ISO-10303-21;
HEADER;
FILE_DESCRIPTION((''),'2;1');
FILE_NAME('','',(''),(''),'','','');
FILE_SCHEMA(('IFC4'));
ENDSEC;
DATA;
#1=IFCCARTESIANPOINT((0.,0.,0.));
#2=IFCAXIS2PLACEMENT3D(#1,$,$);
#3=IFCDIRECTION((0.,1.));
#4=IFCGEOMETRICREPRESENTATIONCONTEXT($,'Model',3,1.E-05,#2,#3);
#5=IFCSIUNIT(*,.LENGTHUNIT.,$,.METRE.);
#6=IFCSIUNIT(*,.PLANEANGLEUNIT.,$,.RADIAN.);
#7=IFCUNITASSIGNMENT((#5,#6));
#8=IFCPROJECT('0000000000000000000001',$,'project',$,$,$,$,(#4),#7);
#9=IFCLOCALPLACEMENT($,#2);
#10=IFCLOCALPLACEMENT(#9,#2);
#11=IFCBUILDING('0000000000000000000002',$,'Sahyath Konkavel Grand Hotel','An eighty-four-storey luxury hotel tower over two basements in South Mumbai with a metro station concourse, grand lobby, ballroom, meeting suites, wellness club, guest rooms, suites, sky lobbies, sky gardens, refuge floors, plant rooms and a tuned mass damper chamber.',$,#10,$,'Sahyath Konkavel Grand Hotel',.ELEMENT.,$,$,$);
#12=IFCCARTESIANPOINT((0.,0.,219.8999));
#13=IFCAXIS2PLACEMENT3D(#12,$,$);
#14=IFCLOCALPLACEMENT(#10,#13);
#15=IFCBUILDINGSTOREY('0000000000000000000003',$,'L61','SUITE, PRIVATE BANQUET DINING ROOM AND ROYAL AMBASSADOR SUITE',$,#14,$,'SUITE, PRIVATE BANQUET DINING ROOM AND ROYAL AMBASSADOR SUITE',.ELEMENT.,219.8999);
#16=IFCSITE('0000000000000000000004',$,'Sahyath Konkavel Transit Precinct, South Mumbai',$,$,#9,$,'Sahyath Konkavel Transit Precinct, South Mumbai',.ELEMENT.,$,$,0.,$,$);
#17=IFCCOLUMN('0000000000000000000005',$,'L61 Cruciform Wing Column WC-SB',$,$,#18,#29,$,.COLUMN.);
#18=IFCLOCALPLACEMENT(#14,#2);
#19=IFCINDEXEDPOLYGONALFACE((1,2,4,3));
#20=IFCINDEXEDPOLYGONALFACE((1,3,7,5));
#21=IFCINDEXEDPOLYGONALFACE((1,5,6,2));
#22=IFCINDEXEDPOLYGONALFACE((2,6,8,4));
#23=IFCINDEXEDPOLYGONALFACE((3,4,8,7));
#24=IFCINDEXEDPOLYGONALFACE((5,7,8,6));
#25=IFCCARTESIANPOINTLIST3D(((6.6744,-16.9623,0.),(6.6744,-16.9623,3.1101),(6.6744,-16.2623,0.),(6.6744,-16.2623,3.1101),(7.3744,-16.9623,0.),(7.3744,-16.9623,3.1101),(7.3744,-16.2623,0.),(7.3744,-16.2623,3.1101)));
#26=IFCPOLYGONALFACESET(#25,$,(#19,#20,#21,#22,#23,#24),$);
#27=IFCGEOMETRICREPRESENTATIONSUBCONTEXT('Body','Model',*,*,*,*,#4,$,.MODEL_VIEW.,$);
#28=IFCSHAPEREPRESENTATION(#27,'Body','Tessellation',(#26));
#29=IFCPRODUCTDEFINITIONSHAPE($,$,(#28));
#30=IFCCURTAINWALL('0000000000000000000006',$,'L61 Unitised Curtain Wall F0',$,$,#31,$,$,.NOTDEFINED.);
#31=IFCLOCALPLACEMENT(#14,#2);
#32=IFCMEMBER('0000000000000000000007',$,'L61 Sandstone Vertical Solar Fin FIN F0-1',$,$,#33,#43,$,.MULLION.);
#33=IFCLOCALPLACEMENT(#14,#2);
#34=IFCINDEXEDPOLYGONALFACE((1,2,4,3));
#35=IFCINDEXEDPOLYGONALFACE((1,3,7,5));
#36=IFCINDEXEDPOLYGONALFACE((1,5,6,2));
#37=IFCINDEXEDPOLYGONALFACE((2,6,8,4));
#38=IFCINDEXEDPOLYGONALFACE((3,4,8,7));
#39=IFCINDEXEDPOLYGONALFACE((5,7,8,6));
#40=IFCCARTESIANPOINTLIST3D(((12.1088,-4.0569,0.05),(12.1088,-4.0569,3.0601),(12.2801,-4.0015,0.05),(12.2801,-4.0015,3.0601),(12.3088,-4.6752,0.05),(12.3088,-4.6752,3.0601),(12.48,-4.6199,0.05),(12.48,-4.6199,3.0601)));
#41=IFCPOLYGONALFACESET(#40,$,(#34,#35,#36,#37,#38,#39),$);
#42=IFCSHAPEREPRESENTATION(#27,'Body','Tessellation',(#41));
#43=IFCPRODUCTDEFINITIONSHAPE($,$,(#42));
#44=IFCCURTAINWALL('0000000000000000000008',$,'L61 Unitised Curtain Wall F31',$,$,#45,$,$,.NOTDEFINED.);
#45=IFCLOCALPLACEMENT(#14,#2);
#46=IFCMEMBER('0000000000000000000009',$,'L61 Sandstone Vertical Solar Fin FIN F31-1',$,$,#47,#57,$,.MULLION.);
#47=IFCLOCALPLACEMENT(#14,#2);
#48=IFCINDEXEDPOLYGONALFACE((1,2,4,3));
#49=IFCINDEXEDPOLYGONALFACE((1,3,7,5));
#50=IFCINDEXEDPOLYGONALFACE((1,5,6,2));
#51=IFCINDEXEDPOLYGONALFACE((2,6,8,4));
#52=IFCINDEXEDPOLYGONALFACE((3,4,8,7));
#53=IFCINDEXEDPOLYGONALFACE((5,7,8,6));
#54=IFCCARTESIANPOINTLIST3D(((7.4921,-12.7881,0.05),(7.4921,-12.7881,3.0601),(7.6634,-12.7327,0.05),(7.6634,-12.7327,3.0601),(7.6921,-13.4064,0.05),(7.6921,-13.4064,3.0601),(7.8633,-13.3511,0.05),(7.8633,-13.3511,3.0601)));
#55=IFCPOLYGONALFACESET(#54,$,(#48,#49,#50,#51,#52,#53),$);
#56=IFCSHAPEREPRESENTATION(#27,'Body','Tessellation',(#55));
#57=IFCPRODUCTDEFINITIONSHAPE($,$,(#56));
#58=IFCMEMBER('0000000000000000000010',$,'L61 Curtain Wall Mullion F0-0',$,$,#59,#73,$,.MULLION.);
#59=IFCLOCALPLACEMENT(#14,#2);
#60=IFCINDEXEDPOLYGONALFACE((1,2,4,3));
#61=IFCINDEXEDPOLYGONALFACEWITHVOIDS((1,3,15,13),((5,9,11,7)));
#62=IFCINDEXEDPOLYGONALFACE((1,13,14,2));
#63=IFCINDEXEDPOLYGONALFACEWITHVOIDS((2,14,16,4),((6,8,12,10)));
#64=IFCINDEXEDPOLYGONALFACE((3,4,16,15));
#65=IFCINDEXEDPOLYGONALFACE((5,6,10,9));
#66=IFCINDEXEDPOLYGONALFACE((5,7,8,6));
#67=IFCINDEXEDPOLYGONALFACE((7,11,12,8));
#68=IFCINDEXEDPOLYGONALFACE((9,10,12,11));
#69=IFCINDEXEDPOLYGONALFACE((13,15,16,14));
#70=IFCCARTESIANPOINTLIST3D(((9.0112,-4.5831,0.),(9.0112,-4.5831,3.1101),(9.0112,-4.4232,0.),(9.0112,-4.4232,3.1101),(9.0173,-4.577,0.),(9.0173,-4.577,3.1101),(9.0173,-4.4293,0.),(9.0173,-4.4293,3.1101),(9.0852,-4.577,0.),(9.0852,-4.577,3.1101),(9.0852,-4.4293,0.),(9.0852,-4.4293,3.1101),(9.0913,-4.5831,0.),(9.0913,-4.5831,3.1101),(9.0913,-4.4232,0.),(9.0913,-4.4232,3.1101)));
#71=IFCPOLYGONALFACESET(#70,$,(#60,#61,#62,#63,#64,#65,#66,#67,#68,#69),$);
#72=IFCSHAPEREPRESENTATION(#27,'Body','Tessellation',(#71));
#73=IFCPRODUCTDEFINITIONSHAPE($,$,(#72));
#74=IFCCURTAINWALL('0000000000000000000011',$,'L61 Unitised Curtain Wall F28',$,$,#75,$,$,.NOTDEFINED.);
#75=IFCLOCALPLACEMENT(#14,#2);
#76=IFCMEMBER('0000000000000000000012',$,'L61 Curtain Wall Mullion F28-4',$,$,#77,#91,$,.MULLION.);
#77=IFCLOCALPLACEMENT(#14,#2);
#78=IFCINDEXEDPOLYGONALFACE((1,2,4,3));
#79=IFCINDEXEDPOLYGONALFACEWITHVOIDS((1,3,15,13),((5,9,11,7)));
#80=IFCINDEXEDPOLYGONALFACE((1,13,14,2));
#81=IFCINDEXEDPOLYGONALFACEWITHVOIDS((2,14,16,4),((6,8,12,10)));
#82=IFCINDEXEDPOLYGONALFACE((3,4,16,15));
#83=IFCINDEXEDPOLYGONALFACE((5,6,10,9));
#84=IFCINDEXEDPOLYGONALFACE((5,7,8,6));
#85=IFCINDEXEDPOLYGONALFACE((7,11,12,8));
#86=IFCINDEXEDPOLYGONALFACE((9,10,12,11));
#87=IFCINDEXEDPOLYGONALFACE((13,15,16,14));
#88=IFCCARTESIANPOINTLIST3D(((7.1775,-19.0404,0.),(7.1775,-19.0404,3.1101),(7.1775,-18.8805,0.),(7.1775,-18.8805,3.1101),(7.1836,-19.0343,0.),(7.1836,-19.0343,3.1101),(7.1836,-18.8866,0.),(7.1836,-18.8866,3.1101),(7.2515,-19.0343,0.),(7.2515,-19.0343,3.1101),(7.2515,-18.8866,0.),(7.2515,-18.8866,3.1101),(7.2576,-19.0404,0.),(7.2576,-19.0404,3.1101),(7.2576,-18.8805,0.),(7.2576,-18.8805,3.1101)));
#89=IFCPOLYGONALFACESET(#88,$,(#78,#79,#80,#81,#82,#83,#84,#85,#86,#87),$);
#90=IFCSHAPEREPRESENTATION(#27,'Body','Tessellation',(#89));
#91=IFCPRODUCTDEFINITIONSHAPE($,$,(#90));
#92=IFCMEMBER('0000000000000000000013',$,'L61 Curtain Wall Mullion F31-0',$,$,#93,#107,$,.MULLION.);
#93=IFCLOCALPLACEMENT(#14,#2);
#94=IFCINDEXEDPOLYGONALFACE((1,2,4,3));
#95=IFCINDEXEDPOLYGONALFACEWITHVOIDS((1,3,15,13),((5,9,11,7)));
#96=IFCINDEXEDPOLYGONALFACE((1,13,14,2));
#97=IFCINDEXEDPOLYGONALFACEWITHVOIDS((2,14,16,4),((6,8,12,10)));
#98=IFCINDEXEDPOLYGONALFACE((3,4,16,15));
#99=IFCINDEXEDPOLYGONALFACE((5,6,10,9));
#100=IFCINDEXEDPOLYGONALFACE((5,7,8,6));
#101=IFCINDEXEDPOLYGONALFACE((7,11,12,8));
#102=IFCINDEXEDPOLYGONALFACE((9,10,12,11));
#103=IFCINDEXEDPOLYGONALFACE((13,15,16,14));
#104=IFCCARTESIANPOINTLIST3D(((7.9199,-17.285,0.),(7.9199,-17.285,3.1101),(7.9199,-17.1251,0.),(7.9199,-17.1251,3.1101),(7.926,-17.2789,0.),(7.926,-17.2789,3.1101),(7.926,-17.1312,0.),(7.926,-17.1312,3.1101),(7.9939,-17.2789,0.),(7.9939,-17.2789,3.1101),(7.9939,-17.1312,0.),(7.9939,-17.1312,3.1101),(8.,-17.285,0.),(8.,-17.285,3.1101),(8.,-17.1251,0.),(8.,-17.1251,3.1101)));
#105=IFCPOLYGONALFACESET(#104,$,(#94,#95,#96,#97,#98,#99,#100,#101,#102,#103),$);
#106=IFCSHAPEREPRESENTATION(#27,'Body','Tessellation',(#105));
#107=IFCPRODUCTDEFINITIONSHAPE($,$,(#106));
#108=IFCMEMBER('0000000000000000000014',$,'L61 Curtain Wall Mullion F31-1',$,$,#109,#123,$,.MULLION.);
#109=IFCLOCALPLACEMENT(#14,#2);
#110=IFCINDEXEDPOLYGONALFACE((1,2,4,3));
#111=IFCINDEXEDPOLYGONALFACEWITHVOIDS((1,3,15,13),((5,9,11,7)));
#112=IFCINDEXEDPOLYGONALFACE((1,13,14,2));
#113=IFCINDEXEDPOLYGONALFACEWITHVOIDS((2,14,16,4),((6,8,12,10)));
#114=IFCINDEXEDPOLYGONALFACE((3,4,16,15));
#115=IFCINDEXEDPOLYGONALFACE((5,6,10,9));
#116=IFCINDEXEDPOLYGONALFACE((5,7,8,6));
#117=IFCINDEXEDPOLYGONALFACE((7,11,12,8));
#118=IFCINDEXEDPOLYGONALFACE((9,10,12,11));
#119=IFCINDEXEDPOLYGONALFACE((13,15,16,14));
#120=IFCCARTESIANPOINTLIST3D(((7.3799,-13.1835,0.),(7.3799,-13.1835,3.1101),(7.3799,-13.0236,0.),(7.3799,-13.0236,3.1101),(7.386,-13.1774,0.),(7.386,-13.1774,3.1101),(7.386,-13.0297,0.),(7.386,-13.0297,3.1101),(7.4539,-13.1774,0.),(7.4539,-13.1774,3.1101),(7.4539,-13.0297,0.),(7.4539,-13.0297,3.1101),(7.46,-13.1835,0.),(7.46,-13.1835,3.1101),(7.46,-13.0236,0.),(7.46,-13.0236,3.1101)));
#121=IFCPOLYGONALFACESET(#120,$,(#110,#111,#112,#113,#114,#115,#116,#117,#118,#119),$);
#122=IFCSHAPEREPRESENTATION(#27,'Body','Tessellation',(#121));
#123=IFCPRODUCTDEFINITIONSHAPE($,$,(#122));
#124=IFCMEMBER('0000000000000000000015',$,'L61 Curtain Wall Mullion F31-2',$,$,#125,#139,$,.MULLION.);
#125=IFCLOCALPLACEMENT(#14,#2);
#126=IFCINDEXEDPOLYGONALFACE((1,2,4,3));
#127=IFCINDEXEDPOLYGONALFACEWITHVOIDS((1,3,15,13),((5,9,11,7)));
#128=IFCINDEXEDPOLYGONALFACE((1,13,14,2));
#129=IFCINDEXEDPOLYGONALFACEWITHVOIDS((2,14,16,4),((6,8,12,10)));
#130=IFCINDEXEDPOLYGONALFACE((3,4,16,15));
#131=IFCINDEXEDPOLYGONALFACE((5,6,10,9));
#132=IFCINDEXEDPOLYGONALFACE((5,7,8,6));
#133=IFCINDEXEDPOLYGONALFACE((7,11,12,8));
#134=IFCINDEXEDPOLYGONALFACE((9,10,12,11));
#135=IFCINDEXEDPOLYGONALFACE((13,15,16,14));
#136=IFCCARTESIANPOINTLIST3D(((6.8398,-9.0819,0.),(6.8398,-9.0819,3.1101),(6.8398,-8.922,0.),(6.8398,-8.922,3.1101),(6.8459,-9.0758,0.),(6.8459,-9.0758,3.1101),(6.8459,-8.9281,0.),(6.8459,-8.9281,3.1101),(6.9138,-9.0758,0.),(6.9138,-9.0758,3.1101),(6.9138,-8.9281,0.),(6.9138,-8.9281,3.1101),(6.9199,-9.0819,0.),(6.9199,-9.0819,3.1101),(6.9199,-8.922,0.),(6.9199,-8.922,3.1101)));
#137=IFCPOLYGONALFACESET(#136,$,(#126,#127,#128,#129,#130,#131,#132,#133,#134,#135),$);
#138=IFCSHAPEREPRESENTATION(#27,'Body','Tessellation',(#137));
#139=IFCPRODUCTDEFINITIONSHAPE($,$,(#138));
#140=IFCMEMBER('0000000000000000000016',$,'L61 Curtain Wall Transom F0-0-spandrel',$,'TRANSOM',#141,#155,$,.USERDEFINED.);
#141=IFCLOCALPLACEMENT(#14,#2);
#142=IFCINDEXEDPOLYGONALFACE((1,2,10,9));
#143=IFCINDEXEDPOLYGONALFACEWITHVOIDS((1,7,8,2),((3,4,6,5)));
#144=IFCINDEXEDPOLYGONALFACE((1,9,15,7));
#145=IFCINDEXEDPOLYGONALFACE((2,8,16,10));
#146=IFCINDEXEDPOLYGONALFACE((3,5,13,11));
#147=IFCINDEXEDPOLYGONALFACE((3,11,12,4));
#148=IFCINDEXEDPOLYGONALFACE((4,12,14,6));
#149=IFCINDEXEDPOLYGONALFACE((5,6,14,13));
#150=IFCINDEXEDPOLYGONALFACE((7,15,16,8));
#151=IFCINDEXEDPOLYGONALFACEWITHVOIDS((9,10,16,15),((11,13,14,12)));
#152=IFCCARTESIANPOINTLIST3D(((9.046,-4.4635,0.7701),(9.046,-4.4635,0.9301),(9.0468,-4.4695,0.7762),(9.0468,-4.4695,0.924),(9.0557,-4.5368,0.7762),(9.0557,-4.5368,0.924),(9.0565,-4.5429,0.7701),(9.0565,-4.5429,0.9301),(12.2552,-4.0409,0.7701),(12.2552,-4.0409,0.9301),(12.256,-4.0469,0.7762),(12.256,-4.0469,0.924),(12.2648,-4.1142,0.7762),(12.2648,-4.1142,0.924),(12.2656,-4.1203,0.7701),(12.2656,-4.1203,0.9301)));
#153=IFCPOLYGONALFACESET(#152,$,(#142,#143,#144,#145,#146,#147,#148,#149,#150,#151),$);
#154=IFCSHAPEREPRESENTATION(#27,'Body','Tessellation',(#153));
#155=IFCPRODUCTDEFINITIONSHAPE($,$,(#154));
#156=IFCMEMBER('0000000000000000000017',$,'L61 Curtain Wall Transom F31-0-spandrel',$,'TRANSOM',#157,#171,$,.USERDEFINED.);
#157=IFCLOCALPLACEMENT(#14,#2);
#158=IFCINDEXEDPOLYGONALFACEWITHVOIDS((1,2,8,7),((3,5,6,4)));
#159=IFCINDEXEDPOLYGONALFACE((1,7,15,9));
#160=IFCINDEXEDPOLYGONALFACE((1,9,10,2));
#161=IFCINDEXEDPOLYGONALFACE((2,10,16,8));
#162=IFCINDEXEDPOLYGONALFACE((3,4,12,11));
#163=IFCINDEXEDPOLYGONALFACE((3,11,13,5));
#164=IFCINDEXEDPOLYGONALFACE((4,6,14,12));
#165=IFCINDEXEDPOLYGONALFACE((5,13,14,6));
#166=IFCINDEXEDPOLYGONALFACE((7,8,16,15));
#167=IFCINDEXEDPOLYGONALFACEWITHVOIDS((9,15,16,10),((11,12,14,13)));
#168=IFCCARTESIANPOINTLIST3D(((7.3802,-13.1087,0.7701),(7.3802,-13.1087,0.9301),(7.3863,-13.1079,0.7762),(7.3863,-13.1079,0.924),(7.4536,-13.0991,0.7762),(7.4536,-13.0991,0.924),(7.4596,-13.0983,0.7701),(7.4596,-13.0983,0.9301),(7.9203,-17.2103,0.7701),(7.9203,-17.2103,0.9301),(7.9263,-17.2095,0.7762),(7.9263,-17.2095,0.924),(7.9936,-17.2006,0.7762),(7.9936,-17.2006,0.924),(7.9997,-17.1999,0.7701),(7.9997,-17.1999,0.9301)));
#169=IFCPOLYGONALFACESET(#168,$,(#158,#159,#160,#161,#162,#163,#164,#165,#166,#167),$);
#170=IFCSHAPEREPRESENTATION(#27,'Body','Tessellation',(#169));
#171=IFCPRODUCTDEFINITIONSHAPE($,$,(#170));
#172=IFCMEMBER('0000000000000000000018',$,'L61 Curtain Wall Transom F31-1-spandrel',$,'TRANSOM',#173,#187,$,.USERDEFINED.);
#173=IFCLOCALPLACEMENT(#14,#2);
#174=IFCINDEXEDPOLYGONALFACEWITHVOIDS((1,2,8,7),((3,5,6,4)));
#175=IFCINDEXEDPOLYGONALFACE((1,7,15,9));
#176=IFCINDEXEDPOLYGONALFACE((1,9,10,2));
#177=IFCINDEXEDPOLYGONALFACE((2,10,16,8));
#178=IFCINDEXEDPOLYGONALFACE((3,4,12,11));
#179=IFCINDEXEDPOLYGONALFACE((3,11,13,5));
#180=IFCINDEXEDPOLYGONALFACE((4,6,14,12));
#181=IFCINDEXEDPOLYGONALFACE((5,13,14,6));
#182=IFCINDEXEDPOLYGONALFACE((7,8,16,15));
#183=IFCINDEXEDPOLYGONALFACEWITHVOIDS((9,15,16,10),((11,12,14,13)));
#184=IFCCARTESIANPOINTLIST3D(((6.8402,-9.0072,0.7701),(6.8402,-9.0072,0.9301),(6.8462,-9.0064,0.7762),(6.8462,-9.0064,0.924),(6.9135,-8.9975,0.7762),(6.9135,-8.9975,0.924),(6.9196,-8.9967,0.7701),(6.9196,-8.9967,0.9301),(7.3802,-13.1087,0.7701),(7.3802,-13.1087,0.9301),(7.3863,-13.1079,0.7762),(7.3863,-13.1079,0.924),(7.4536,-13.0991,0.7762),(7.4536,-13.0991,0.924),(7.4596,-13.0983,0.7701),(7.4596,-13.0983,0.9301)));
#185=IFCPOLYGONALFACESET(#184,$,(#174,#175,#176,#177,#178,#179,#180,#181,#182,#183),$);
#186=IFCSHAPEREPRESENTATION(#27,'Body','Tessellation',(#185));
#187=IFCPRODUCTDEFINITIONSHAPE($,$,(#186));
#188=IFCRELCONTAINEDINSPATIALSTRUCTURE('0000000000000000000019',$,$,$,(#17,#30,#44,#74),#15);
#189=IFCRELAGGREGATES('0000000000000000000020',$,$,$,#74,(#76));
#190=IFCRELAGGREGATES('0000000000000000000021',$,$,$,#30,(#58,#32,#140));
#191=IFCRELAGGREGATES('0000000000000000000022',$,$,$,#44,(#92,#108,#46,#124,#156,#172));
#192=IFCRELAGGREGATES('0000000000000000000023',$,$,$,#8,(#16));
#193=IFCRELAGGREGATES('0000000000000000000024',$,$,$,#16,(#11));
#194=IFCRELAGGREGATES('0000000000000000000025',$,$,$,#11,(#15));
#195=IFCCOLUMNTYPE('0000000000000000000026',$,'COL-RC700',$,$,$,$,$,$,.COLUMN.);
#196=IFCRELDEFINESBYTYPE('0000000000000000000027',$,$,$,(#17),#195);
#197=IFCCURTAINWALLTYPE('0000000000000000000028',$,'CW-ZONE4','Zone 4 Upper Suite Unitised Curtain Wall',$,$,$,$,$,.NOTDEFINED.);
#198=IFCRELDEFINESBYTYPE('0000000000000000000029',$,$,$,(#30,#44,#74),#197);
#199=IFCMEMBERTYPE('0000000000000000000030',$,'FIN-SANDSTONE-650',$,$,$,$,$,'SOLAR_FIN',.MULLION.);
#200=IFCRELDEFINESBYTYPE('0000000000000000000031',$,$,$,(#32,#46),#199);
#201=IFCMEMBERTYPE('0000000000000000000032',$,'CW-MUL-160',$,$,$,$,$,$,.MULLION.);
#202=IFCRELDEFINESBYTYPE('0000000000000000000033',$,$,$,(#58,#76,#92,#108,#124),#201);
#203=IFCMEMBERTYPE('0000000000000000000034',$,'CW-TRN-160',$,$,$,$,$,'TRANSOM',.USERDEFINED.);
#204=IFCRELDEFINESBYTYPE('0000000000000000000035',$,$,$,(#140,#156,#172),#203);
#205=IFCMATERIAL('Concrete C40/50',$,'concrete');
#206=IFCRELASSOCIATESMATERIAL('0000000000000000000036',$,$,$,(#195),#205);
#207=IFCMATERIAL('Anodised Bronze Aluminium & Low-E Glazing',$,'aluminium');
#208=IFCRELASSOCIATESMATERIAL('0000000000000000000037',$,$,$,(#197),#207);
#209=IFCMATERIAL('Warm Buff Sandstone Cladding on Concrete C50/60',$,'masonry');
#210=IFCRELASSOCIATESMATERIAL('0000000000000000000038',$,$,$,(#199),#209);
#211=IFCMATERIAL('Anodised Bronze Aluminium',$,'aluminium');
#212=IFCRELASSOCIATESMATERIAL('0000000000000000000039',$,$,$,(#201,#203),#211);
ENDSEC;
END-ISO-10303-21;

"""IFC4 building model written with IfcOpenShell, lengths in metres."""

from ifc_helpers import new_model, si_unit, direction, frame, origin, origin_2d, place, context, subcontext, project, spatial, rectangle, hollow_rectangle, extrude, source, transform, mapped, material, material_profile, profile_set, type_object, element, aggregate, save


model = new_model("IFC4")

# Units and contexts
model_context = context("Model", 3, precision=1e-05, world=origin(), true_north=direction((0.0, 1.0)))
body_context = subcontext(model_context, "Body", "Model", "MODEL_VIEW")
ifc_project = project(units=[si_unit("LENGTHUNIT", "METRE"), si_unit("PLANEANGLEUNIT", "RADIAN")], contexts=[model_context])

# Site, building, storey
site_placement = place(None, origin())
site = spatial("IfcSite", under=ifc_project, at=site_placement, Name="Sahyath Konkavel Transit Precinct, South Mumbai", LongName="Sahyath Konkavel Transit Precinct, South Mumbai", CompositionType="ELEMENT", RefElevation=0.0)
building_placement = place(site_placement, origin())
building = spatial("IfcBuilding", under=site, at=building_placement, Name="Sahyath Konkavel Grand Hotel", Description="An eighty-four-storey luxury hotel tower over two basements in South Mumbai with a metro station concourse, grand lobby, ballroom, meeting suites, wellness club, guest rooms, suites, sky lobbies, sky gardens, refuge floors, plant rooms and a tuned mass damper chamber.", LongName="Sahyath Konkavel Grand Hotel", CompositionType="ELEMENT")
storey_placement = place(building_placement, frame((0.0, 0.0, 219.8999)))
storey = spatial("IfcBuildingStorey", under=building, at=storey_placement, Name="L61", Description="SUITE, PRIVATE BANQUET DINING ROOM AND ROYAL AMBASSADOR SUITE", LongName="SUITE, PRIVATE BANQUET DINING ROOM AND ROYAL AMBASSADOR SUITE", CompositionType="ELEMENT", Elevation=219.8999)

# Column
ifc_material_1 = material(Name="Concrete C40/50", Category="concrete")
ifc_material_profile_1 = material_profile(ifc_material_1, rectangle(XDim=0.7, YDim=0.7, at=origin_2d()), Name="RC 700x700")
ifc_profile_set_1 = profile_set([ifc_material_profile_1], Name="Concrete C40/50")
column_type = type_object("IfcColumnType", Name="COL-RC700", PredefinedType="COLUMN", material=ifc_profile_set_1)
shared_shape_1 = source(origin(), body_context, "Body", "SweptSolid", [
    extrude(rectangle(XDim=0.7, YDim=0.7, at=origin_2d()), origin(), (0.0, 0.0, 1.0), 3.1101),
])
column_placement = place(storey_placement, frame((7.0244, -16.6123, 0.0), z_axis=(0.0, 0.0, 1.0), x_axis=(1.0, 0.0, 0.0)))
element("IfcColumn", 1, at=column_placement, inside=storey, type_object=column_type, Name="L61 Cruciform Wing Column WC-SB", PredefinedType="COLUMN", context=body_context, shape_type="MappedRepresentation", body=[
    mapped(shared_shape_1, transform((0.0, 0.0, 0.0), scale=1.0)),
])

# Curtain walls, members
ifc_material_2 = material(Name="Anodised Bronze Aluminium & Low-E Glazing", Category="aluminium")
curtain_wall_type = type_object("IfcCurtainWallType", Name="CW-ZONE4", Description="Zone 4 Upper Suite Unitised Curtain Wall", PredefinedType="NOTDEFINED", material=ifc_material_2)
curtain_wall_1_placement = place(storey_placement, origin())
curtain_wall_1 = element("IfcCurtainWall", 2, at=curtain_wall_1_placement, inside=storey, type_object=curtain_wall_type, Name="L61 Unitised Curtain Wall F0", PredefinedType="NOTDEFINED")
ifc_material_3 = material(Name="Warm Buff Sandstone Cladding on Concrete C50/60", Category="masonry")
ifc_material_profile_2 = material_profile(ifc_material_3, rectangle(XDim=0.1799, YDim=0.6499, at=origin_2d()), Name="FIN 180x650")
ifc_profile_set_2 = profile_set([ifc_material_profile_2], Name="Warm Buff Sandstone Cladding on Concrete C50/60")
member_type_1 = type_object("IfcMemberType", Name="FIN-SANDSTONE-650", ElementType="SOLAR_FIN", PredefinedType="MULLION", material=ifc_profile_set_2)
shared_shape_2 = source(origin(), body_context, "Body", "SweptSolid", [
    extrude(rectangle(XDim=0.1799, YDim=0.6499, at=origin_2d()), origin(), (0.0, 0.0, 1.0), 3.01),
])
member_1_placement = place(storey_placement, frame((12.2944, -4.3384, 0.05), z_axis=(0.0, 0.0, 1.0), x_axis=(0.951487, 0.307689, 0.0)))
member_1 = element("IfcMember", 3, at=member_1_placement, type_object=member_type_1, Name="L61 Sandstone Vertical Solar Fin FIN F0-1", PredefinedType="MULLION", context=body_context, shape_type="MappedRepresentation", body=[
    mapped(shared_shape_2, transform((0.0, 0.0, 0.0), scale=1.0)),
])
curtain_wall_2_placement = place(storey_placement, origin())
curtain_wall_2 = element("IfcCurtainWall", 4, at=curtain_wall_2_placement, inside=storey, type_object=curtain_wall_type, Name="L61 Unitised Curtain Wall F31", PredefinedType="NOTDEFINED")
member_2_placement = place(storey_placement, frame((7.6777, -13.0696, 0.05), z_axis=(0.0, 0.0, 1.0), x_axis=(0.951487, 0.307689, 0.0)))
member_2 = element("IfcMember", 5, at=member_2_placement, type_object=member_type_1, Name="L61 Sandstone Vertical Solar Fin FIN F31-1", PredefinedType="MULLION", context=body_context, shape_type="MappedRepresentation", body=[
    mapped(shared_shape_2, transform((0.0, 0.0, 0.0), scale=1.0)),
])

# Member
ifc_material_4 = material(Name="Anodised Bronze Aluminium", Category="aluminium")
ifc_material_profile_3 = material_profile(ifc_material_4, hollow_rectangle(XDim=0.0801, YDim=0.1599, WallThickness=0.0061, at=origin_2d()), Name="RHS 160x80x6")
ifc_profile_set_3 = profile_set([ifc_material_profile_3], Name="Anodised Bronze Aluminium")
member_type_2 = type_object("IfcMemberType", Name="CW-MUL-160", PredefinedType="MULLION", material=ifc_profile_set_3)
shared_shape_3 = source(origin(), body_context, "Body", "SweptSolid", [
    extrude(hollow_rectangle(XDim=0.0801, YDim=0.1599, WallThickness=0.0061, at=origin_2d()), origin(), (0.0, 0.0, 1.0), 3.1101),
])
member_3_placement = place(storey_placement, frame((9.0513, -4.5032, 0.0), z_axis=(0.0, 0.0, 1.0), x_axis=(1.0, 0.0, 0.0)))
member_3 = element("IfcMember", 6, at=member_3_placement, type_object=member_type_2, Name="L61 Curtain Wall Mullion F0-0", PredefinedType="MULLION", context=body_context, shape_type="MappedRepresentation", body=[
    mapped(shared_shape_3, transform((0.0, 0.0, 0.0), scale=1.0)),
])

# Curtain wall, member
curtain_wall_3_placement = place(storey_placement, origin())
curtain_wall_3 = element("IfcCurtainWall", 7, at=curtain_wall_3_placement, inside=storey, type_object=curtain_wall_type, Name="L61 Unitised Curtain Wall F28", PredefinedType="NOTDEFINED")
member_4_placement = place(storey_placement, frame((7.2175, -18.9604, 0.0), z_axis=(0.0, 0.0, 1.0), x_axis=(1.0, 0.0, 0.0)))
member_4 = element("IfcMember", 8, at=member_4_placement, type_object=member_type_2, Name="L61 Curtain Wall Mullion F28-4", PredefinedType="MULLION", context=body_context, shape_type="MappedRepresentation", body=[
    mapped(shared_shape_3, transform((0.0, 0.0, 0.0), scale=1.0)),
])
aggregate(curtain_wall_3, [member_4])

# Members
member_5_placement = place(storey_placement, frame((7.96, -17.2051, 0.0), z_axis=(0.0, 0.0, 1.0), x_axis=(1.0, 0.0, 0.0)))
member_5 = element("IfcMember", 9, at=member_5_placement, type_object=member_type_2, Name="L61 Curtain Wall Mullion F31-0", PredefinedType="MULLION", context=body_context, shape_type="MappedRepresentation", body=[
    mapped(shared_shape_3, transform((0.0, 0.0, 0.0), scale=1.0)),
])
member_6_placement = place(storey_placement, frame((7.4199, -13.1035, 0.0), z_axis=(0.0, 0.0, 1.0), x_axis=(1.0, 0.0, 0.0)))
member_6 = element("IfcMember", 10, at=member_6_placement, type_object=member_type_2, Name="L61 Curtain Wall Mullion F31-1", PredefinedType="MULLION", context=body_context, shape_type="MappedRepresentation", body=[
    mapped(shared_shape_3, transform((0.0, 0.0, 0.0), scale=1.0)),
])
member_7_placement = place(storey_placement, frame((6.8799, -9.002, 0.0), z_axis=(0.0, 0.0, 1.0), x_axis=(1.0, 0.0, 0.0)))
member_7 = element("IfcMember", 11, at=member_7_placement, type_object=member_type_2, Name="L61 Curtain Wall Mullion F31-2", PredefinedType="MULLION", context=body_context, shape_type="MappedRepresentation", body=[
    mapped(shared_shape_3, transform((0.0, 0.0, 0.0), scale=1.0)),
])
ifc_material_profile_4 = material_profile(ifc_material_4, hollow_rectangle(XDim=0.0801, YDim=0.1599, WallThickness=0.0061, at=origin_2d()), Name="RHS 160x80x6")
ifc_profile_set_4 = profile_set([ifc_material_profile_4], Name="Anodised Bronze Aluminium")
member_type_3 = type_object("IfcMemberType", Name="CW-TRN-160", ElementType="TRANSOM", PredefinedType="USERDEFINED", material=ifc_profile_set_4)
shared_shape_4 = source(origin(), body_context, "Body", "SweptSolid", [
    extrude(hollow_rectangle(XDim=0.0801, YDim=0.1599, WallThickness=0.0061, at=origin_2d()), origin(), (0.0, 0.0, 1.0), 3.2368),
])
member_8_placement = place(storey_placement, frame((9.0513, -4.5032, 0.8501), z_axis=(0.991441, 0.130558, 0.0), x_axis=(-0.130558, 0.991441, 0.0)))
member_8 = element("IfcMember", 12, at=member_8_placement, type_object=member_type_3, Name="L61 Curtain Wall Transom F0-0-spandrel", ObjectType="TRANSOM", PredefinedType="USERDEFINED", context=body_context, shape_type="MappedRepresentation", body=[
    mapped(shared_shape_4, transform((0.0, 0.0, 0.0), scale=1.0)),
])
shared_shape_5 = source(origin(), body_context, "Body", "SweptSolid", [
    extrude(hollow_rectangle(XDim=0.0801, YDim=0.1599, WallThickness=0.0061, at=origin_2d()), origin(), (0.0, 0.0, 1.0), 4.137),
])
member_9_placement = place(storey_placement, frame((7.96, -17.2051, 0.8501), z_axis=(-0.13054, 0.991443, 0.0), x_axis=(-0.991443, -0.13054, 0.0)))
member_9 = element("IfcMember", 13, at=member_9_placement, type_object=member_type_3, Name="L61 Curtain Wall Transom F31-0-spandrel", ObjectType="TRANSOM", PredefinedType="USERDEFINED", context=body_context, shape_type="MappedRepresentation", body=[
    mapped(shared_shape_5, transform((0.0, 0.0, 0.0), scale=1.0)),
])
member_10_placement = place(storey_placement, frame((7.4199, -13.1035, 0.8501), z_axis=(-0.13054, 0.991443, 0.0), x_axis=(-0.991443, -0.13054, 0.0)))
member_10 = element("IfcMember", 14, at=member_10_placement, type_object=member_type_3, Name="L61 Curtain Wall Transom F31-1-spandrel", ObjectType="TRANSOM", PredefinedType="USERDEFINED", context=body_context, shape_type="MappedRepresentation", body=[
    mapped(shared_shape_5, transform((0.0, 0.0, 0.0), scale=1.0)),
])

aggregate(curtain_wall_1, [member_3, member_1, member_8])
aggregate(curtain_wall_2, [member_5, member_6, member_2, member_7, member_9, member_10])

save(model, "model.ifc")
